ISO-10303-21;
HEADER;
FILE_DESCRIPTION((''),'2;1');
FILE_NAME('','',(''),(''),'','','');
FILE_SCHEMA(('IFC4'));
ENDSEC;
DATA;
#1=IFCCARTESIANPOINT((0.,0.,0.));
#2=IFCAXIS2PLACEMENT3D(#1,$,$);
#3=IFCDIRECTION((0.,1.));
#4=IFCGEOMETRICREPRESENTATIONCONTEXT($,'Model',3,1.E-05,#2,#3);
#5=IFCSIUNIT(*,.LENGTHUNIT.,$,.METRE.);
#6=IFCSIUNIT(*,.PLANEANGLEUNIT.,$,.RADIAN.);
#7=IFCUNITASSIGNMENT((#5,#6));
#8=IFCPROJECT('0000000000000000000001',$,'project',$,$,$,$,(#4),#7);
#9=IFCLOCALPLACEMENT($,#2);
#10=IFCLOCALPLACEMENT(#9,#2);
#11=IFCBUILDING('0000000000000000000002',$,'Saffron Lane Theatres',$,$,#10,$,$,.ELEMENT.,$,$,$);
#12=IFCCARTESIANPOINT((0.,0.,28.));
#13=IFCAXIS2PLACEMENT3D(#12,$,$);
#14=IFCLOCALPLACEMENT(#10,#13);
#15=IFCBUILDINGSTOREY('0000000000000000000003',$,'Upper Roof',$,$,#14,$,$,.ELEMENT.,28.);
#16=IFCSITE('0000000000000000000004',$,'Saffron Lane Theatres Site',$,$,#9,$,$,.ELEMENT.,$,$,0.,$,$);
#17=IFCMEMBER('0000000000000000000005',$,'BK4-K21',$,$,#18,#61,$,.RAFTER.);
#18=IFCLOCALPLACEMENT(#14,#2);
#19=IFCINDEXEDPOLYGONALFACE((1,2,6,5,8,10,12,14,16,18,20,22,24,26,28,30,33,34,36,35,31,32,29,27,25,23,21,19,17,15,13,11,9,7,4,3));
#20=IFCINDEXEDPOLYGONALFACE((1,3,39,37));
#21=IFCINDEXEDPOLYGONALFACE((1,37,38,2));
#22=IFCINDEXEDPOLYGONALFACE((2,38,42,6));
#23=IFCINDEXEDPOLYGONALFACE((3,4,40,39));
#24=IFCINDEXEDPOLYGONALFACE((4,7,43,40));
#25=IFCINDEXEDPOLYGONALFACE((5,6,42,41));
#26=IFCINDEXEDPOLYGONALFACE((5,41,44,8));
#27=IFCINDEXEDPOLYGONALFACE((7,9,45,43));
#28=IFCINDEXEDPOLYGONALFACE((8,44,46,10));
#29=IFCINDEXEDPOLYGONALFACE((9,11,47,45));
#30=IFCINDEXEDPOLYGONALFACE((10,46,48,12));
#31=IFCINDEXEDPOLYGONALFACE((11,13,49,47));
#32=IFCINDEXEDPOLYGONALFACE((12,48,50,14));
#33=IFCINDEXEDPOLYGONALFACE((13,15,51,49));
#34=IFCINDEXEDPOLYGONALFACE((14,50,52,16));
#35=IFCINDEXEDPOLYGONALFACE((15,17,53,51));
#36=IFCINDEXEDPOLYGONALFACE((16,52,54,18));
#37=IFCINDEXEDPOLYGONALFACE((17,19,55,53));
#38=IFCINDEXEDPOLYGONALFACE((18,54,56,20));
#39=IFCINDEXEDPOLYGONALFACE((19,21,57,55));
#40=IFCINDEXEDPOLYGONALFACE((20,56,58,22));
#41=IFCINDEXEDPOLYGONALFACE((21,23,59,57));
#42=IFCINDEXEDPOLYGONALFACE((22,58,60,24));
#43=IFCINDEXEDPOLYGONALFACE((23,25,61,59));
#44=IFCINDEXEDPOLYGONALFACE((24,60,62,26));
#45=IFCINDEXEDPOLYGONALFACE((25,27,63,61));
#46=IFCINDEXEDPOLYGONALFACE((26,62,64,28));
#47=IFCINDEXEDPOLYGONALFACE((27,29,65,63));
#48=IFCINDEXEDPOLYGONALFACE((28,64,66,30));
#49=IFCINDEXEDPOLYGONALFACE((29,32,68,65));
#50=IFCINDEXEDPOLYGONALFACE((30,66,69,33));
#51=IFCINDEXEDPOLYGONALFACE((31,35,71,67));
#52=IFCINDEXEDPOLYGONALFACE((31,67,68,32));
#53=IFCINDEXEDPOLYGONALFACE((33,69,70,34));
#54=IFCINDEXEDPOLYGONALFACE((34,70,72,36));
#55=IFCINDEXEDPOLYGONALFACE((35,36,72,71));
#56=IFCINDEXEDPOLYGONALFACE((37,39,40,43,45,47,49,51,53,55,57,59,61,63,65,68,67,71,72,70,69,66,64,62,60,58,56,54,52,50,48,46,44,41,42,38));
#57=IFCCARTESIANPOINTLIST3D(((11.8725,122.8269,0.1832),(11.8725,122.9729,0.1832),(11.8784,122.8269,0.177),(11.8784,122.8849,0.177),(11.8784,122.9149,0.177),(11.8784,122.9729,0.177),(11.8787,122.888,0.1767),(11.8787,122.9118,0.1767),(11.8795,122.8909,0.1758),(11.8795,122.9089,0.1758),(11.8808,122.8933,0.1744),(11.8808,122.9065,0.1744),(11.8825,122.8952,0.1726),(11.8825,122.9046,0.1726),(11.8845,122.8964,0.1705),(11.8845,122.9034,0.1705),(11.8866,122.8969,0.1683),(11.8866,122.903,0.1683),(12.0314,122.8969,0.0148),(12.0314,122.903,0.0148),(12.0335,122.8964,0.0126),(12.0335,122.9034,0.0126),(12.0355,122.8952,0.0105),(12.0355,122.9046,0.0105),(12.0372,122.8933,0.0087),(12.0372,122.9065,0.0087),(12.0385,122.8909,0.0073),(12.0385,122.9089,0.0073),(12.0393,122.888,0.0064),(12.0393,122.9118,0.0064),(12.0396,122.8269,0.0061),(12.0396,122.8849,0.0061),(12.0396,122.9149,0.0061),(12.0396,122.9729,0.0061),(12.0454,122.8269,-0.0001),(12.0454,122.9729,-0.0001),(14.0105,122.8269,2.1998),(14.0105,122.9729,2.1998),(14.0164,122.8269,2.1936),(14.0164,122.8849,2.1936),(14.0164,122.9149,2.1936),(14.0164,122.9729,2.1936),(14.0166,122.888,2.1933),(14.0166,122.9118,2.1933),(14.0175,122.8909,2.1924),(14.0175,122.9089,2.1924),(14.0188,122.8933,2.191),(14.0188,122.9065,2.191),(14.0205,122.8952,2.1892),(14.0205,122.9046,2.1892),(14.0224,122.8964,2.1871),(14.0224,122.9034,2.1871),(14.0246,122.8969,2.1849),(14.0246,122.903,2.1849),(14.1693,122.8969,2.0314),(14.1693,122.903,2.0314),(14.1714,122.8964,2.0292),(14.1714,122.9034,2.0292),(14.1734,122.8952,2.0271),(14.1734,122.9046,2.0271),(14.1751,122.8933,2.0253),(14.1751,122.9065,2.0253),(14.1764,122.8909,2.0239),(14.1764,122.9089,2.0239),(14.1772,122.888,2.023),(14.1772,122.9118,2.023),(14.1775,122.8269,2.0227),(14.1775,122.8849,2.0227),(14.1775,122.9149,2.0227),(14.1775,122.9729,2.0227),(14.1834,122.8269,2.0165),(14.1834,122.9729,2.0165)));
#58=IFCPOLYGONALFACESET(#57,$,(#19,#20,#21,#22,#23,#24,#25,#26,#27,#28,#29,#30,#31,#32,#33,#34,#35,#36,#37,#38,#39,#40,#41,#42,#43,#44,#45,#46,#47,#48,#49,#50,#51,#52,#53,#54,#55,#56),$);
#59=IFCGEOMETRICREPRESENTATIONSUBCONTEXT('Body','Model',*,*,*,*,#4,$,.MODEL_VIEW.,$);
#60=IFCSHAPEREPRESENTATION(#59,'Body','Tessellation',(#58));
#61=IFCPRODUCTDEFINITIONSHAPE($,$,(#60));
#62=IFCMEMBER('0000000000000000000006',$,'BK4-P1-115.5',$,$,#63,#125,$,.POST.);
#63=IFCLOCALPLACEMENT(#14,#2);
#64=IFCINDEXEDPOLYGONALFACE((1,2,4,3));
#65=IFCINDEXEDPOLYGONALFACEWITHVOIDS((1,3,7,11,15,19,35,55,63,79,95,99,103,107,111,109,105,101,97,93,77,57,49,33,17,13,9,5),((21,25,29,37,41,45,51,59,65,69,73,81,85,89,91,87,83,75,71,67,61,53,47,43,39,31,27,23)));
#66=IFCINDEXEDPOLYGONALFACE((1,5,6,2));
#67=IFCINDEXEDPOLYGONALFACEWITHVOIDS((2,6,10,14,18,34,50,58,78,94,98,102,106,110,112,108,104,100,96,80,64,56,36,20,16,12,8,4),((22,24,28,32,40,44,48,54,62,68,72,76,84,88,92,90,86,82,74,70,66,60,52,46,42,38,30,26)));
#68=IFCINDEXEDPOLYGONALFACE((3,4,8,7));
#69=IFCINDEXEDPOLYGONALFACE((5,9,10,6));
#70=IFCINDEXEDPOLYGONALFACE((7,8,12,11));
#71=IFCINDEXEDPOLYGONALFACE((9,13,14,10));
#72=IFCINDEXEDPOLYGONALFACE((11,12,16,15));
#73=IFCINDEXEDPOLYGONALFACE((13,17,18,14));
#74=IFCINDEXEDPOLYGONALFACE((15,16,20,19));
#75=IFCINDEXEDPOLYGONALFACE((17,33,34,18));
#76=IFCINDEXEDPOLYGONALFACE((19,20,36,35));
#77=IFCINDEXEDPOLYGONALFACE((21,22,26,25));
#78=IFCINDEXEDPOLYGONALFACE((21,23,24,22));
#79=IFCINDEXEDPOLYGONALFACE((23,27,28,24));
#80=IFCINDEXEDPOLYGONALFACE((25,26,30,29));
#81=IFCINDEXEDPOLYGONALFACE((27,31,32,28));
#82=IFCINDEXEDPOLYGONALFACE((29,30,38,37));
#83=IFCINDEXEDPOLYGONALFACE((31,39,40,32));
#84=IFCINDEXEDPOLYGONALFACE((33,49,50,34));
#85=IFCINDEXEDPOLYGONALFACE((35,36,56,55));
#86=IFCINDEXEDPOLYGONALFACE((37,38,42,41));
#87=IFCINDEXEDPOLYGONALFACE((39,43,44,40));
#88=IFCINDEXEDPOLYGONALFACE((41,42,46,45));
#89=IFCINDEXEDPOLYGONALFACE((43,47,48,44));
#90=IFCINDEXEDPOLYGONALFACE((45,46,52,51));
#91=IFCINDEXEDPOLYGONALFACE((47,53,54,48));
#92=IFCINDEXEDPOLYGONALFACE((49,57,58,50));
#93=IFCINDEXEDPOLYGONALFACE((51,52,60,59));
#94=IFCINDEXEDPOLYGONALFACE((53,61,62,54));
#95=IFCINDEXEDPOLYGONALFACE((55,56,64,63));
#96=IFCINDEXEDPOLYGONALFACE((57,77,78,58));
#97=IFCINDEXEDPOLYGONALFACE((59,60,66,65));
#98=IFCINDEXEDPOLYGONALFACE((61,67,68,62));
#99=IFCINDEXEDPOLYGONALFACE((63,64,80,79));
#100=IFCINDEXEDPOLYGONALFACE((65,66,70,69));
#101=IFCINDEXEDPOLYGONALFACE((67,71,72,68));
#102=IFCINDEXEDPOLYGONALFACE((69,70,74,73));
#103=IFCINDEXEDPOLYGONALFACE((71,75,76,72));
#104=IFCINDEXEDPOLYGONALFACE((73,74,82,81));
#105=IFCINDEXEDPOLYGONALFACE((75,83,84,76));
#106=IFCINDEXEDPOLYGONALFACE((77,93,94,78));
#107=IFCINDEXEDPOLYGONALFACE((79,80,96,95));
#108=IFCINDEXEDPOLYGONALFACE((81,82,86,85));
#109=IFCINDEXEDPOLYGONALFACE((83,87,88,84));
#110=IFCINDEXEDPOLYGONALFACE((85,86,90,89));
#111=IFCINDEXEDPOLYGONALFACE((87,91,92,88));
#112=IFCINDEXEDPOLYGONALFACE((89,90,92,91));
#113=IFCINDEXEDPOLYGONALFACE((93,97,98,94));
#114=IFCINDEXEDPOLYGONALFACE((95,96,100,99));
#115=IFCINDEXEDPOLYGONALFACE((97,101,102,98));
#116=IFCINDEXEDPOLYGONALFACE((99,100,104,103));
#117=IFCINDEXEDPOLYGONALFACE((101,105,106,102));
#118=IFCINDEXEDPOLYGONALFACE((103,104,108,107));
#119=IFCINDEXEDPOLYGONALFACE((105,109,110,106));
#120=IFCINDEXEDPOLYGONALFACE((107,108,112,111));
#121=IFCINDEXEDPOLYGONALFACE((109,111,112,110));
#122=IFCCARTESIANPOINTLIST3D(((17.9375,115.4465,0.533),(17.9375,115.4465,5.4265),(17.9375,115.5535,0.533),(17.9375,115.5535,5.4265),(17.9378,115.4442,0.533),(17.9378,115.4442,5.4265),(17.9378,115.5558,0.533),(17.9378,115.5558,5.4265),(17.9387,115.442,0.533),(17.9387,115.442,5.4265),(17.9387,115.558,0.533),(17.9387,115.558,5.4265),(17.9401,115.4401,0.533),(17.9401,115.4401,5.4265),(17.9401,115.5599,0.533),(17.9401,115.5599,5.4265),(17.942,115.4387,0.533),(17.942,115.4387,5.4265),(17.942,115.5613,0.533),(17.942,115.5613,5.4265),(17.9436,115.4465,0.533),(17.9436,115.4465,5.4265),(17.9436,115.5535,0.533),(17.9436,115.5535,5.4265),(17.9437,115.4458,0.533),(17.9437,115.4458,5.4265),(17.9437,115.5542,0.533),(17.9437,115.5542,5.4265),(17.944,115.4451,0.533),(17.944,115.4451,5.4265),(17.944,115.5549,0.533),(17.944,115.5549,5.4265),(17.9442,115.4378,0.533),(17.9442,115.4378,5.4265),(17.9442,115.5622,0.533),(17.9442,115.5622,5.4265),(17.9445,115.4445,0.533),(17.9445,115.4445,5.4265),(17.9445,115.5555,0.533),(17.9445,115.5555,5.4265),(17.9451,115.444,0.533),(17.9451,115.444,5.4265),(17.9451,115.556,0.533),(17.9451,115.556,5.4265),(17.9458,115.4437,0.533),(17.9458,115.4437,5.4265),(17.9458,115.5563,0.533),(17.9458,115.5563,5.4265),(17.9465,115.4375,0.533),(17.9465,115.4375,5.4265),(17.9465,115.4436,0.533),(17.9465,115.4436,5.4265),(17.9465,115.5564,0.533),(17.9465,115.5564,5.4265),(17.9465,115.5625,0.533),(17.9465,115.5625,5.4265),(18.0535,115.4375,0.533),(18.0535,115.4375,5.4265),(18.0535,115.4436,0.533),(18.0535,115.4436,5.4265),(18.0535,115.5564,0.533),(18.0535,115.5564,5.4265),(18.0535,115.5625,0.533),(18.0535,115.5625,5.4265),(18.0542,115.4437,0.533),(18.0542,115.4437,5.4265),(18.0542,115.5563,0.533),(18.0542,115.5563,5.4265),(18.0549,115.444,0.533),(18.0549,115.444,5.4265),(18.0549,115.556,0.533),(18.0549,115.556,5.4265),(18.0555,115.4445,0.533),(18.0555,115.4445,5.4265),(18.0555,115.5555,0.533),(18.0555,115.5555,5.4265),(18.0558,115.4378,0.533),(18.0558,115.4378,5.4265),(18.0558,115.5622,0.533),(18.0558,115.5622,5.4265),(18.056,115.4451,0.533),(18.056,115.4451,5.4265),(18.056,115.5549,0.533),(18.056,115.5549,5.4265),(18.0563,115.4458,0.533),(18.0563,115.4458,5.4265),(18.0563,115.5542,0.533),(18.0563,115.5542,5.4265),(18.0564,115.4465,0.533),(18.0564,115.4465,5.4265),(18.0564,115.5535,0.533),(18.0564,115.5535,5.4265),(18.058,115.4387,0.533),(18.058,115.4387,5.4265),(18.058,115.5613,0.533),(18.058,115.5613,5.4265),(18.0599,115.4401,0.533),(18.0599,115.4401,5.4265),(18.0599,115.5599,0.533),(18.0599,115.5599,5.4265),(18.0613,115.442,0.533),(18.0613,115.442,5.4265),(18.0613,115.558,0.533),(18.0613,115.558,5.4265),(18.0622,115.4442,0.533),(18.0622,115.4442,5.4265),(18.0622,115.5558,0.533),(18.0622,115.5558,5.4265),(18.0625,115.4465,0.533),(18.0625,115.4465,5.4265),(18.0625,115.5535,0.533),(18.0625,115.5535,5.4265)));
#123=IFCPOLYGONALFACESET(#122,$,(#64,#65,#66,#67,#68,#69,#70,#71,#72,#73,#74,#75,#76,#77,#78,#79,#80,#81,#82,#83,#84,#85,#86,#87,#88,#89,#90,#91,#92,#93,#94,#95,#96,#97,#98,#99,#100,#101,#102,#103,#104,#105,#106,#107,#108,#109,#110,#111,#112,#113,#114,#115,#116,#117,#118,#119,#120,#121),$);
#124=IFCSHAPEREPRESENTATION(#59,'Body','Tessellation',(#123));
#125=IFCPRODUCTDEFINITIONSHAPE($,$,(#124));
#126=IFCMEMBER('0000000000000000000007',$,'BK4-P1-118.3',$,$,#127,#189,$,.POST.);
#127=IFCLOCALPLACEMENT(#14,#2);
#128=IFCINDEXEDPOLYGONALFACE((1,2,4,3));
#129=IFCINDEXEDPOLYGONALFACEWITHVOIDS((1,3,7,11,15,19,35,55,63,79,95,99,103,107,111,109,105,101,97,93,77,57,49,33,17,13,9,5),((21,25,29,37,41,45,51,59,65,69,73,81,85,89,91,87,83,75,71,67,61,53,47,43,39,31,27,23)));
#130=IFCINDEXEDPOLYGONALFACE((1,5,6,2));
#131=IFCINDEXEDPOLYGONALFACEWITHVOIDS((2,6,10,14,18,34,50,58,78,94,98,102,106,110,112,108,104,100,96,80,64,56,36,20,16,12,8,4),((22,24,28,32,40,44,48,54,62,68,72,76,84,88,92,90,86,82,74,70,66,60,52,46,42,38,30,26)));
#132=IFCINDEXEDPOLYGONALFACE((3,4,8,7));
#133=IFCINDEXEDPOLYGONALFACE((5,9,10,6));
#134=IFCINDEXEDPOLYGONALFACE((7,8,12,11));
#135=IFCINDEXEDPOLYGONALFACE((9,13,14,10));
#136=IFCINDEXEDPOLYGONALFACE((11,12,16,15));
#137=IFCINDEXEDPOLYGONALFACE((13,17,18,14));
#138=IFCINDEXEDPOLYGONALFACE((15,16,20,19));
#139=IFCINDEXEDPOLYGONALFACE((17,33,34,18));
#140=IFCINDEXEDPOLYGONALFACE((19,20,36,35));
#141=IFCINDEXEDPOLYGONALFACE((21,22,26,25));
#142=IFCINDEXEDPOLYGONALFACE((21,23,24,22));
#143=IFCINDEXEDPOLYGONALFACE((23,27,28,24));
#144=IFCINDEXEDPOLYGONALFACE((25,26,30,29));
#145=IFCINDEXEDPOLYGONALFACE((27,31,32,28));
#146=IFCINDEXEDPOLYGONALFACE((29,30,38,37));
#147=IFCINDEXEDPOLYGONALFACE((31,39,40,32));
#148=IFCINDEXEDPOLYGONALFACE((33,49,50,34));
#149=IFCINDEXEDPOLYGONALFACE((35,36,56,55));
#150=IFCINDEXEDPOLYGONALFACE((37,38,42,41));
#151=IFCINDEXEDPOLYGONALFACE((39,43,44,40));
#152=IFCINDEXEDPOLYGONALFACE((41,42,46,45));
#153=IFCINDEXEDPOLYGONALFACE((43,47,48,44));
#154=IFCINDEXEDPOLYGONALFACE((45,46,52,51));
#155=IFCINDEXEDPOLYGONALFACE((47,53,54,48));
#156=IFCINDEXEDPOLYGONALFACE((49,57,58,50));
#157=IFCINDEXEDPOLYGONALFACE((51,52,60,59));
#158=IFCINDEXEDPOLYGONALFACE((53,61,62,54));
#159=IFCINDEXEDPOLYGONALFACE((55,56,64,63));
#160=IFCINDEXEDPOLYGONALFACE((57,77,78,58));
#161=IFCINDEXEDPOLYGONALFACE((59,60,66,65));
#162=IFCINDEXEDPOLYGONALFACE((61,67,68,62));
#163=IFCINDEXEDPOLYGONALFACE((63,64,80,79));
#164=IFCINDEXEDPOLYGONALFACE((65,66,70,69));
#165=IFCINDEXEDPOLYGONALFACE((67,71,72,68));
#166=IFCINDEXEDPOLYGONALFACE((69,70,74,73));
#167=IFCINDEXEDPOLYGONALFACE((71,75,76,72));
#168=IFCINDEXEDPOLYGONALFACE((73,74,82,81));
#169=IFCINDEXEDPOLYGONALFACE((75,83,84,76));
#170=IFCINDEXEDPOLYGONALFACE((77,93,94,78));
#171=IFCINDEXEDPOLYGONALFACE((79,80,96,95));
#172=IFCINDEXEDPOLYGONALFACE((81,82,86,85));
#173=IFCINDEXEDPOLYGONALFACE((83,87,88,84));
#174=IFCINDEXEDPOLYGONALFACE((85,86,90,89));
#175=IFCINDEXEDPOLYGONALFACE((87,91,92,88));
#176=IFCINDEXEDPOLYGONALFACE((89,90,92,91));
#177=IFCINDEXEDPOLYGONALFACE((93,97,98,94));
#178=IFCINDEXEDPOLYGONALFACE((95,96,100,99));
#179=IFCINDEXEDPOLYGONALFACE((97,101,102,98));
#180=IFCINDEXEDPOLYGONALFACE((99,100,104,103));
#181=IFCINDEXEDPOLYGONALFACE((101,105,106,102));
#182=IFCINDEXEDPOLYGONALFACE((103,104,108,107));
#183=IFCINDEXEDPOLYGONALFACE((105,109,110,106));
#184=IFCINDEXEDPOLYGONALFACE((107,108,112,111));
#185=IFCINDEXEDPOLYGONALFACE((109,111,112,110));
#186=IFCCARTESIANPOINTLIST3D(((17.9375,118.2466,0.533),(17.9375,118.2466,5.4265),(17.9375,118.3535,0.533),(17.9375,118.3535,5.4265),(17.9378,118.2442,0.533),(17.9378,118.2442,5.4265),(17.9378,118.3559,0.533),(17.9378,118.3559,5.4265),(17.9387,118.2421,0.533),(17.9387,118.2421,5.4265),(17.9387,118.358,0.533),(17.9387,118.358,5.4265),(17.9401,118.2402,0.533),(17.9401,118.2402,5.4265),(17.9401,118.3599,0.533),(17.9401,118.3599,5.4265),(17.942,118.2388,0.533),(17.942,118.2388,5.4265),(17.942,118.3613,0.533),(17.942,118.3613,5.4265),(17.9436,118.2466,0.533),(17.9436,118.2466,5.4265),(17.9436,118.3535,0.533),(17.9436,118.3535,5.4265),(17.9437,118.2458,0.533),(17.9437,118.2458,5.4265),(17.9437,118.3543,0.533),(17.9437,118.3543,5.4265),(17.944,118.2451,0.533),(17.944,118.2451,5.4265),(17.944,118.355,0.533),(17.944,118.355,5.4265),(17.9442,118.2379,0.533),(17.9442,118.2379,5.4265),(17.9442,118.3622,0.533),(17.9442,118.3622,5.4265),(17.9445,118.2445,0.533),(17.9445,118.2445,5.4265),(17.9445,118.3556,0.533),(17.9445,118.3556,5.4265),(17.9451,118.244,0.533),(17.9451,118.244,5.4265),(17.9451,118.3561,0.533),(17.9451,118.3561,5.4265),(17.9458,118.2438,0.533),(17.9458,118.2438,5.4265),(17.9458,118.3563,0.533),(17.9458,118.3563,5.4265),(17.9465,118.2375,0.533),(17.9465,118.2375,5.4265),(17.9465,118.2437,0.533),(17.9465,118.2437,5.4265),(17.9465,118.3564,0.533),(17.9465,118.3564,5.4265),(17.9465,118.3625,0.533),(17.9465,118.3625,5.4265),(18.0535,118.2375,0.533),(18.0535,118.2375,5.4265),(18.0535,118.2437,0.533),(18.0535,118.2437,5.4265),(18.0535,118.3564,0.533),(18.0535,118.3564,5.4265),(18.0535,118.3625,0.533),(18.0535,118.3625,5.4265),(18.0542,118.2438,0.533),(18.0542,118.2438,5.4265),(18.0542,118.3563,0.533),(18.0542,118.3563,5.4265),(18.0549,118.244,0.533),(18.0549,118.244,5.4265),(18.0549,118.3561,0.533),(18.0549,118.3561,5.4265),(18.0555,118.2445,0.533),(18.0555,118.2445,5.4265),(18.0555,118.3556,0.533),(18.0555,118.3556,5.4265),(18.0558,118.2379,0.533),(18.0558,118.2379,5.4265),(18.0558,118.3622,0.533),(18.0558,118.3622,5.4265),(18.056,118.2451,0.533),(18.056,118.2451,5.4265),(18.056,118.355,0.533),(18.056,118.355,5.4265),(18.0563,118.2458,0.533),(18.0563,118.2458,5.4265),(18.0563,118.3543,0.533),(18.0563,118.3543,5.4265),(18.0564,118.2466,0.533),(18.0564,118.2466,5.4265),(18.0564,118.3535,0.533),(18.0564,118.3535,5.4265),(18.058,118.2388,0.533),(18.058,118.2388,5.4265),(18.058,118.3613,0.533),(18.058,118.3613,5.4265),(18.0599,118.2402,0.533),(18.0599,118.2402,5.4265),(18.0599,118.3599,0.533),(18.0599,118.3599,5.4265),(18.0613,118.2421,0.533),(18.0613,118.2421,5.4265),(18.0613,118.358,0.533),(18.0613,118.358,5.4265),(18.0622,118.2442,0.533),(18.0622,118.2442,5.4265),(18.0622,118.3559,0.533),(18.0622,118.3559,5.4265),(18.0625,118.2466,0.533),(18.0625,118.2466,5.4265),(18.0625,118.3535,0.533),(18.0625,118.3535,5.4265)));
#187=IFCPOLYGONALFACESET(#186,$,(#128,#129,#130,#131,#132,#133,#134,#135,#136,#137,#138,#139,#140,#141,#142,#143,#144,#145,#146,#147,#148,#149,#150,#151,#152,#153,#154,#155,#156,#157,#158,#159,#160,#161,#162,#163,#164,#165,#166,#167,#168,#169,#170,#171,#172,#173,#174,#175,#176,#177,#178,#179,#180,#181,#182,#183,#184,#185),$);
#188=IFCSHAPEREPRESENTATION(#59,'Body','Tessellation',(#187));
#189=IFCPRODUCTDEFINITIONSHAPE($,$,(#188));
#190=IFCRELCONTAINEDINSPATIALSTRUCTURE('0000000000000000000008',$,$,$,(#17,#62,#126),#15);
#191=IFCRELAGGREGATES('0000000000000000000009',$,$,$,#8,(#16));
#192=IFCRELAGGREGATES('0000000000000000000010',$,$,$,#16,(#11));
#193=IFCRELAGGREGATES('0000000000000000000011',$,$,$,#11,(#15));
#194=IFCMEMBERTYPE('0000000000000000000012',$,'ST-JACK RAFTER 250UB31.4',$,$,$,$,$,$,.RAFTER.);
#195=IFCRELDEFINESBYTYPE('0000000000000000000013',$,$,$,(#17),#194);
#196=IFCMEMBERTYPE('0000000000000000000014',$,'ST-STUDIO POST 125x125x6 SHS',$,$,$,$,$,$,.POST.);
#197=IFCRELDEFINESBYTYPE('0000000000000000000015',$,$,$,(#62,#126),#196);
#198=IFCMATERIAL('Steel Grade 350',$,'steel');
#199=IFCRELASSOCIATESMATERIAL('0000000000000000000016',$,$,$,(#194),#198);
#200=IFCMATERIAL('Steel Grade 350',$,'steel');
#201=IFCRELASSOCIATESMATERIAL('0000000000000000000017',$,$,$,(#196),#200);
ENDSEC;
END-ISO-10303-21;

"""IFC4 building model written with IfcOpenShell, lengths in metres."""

from ifc_helpers import new_model, si_unit, direction, frame, origin, origin_2d, place, context, subcontext, project, spatial, hollow_rectangle, i_section, extrude, material, material_profile, profile_set, type_object, element, save


model = new_model("IFC4")

# Units and contexts
model_context = context("Model", 3, precision=1e-05, world=origin(), true_north=direction((0.0, 1.0)))
body_context = subcontext(model_context, "Body", "Model", "MODEL_VIEW")
ifc_project = project(units=[si_unit("LENGTHUNIT", "METRE"), si_unit("PLANEANGLEUNIT", "RADIAN")], contexts=[model_context])

# Site, building, storey
site_placement = place(None, origin())
site = spatial("IfcSite", under=ifc_project, at=site_placement, Name="Saffron Lane Theatres Site", CompositionType="ELEMENT", RefElevation=0.0)
building_placement = place(site_placement, origin())
building = spatial("IfcBuilding", under=site, at=building_placement, Name="Saffron Lane Theatres", CompositionType="ELEMENT")
storey_placement = place(building_placement, frame((0.0, 0.0, 28.0)))
storey = spatial("IfcBuildingStorey", under=building, at=storey_placement, Name="Upper Roof", CompositionType="ELEMENT", Elevation=28.0)

# Members
ifc_material_1 = material(Name="Steel Grade 350", Category="steel")
ifc_material_profile_1 = material_profile(ifc_material_1, i_section(OverallWidth=0.146, OverallDepth=0.252, WebThickness=0.0061, FlangeThickness=0.0085, FilletRadius=0.012, at=origin_2d()))
ifc_profile_set_1 = profile_set([ifc_material_profile_1], Name="Steel Grade 350")
member_type_1 = type_object("IfcMemberType", Name="ST-JACK RAFTER 250UB31.4", PredefinedType="RAFTER", material=ifc_profile_set_1)
member_1_placement = place(storey_placement, frame((11.959, 122.8999, 0.0916), z_axis=(0.727448, 0.0, 0.686162), x_axis=(0.0, 1.0, 0.0)))
element("IfcMember", 1, at=member_1_placement, inside=storey, type_object=member_type_1, Name="BK4-K21", PredefinedType="RAFTER", context=body_context, shape_type="SweptSolid", body=[
    extrude(i_section(OverallWidth=0.146, OverallDepth=0.252, WebThickness=0.0061, FlangeThickness=0.0085, FilletRadius=0.012, at=origin_2d()), origin(), (0.0, 0.0, 1.0), 2.939),
])
ifc_material_2 = material(Name="Steel Grade 350", Category="steel")
ifc_material_profile_2 = material_profile(ifc_material_2, hollow_rectangle(XDim=0.125, YDim=0.125, WallThickness=0.0061, InnerFilletRadius=0.0029, OuterFilletRadius=0.009, at=origin_2d()))
ifc_profile_set_2 = profile_set([ifc_material_profile_2], Name="Steel Grade 350")
member_type_2 = type_object("IfcMemberType", Name="ST-STUDIO POST 125x125x6 SHS", PredefinedType="POST", material=ifc_profile_set_2)
for number, where, z_axis, x_axis, name in (
    (2, (18.0, 115.5, 0.533), (0.0, 0.0, 1.0), (1.0, 0.0, 0.0), "BK4-P1-115.5"),
    (3, (18.0, 118.3, 0.533), (0.0, 0.0, 1.0), (1.0, 0.0, 0.0), "BK4-P1-118.3"),
):
    element("IfcMember", number, at=place(storey_placement, frame(where, z_axis=z_axis, x_axis=x_axis)), inside=storey, type_object=member_type_2, Name=name, PredefinedType="POST", context=body_context, shape_type="SweptSolid", body=[
        extrude(hollow_rectangle(XDim=0.125, YDim=0.125, WallThickness=0.0061, InnerFilletRadius=0.0029, OuterFilletRadius=0.009, at=origin_2d()), origin(), (0.0, 0.0, 1.0), 4.8936),
    ])

save(model, "model.ifc")
